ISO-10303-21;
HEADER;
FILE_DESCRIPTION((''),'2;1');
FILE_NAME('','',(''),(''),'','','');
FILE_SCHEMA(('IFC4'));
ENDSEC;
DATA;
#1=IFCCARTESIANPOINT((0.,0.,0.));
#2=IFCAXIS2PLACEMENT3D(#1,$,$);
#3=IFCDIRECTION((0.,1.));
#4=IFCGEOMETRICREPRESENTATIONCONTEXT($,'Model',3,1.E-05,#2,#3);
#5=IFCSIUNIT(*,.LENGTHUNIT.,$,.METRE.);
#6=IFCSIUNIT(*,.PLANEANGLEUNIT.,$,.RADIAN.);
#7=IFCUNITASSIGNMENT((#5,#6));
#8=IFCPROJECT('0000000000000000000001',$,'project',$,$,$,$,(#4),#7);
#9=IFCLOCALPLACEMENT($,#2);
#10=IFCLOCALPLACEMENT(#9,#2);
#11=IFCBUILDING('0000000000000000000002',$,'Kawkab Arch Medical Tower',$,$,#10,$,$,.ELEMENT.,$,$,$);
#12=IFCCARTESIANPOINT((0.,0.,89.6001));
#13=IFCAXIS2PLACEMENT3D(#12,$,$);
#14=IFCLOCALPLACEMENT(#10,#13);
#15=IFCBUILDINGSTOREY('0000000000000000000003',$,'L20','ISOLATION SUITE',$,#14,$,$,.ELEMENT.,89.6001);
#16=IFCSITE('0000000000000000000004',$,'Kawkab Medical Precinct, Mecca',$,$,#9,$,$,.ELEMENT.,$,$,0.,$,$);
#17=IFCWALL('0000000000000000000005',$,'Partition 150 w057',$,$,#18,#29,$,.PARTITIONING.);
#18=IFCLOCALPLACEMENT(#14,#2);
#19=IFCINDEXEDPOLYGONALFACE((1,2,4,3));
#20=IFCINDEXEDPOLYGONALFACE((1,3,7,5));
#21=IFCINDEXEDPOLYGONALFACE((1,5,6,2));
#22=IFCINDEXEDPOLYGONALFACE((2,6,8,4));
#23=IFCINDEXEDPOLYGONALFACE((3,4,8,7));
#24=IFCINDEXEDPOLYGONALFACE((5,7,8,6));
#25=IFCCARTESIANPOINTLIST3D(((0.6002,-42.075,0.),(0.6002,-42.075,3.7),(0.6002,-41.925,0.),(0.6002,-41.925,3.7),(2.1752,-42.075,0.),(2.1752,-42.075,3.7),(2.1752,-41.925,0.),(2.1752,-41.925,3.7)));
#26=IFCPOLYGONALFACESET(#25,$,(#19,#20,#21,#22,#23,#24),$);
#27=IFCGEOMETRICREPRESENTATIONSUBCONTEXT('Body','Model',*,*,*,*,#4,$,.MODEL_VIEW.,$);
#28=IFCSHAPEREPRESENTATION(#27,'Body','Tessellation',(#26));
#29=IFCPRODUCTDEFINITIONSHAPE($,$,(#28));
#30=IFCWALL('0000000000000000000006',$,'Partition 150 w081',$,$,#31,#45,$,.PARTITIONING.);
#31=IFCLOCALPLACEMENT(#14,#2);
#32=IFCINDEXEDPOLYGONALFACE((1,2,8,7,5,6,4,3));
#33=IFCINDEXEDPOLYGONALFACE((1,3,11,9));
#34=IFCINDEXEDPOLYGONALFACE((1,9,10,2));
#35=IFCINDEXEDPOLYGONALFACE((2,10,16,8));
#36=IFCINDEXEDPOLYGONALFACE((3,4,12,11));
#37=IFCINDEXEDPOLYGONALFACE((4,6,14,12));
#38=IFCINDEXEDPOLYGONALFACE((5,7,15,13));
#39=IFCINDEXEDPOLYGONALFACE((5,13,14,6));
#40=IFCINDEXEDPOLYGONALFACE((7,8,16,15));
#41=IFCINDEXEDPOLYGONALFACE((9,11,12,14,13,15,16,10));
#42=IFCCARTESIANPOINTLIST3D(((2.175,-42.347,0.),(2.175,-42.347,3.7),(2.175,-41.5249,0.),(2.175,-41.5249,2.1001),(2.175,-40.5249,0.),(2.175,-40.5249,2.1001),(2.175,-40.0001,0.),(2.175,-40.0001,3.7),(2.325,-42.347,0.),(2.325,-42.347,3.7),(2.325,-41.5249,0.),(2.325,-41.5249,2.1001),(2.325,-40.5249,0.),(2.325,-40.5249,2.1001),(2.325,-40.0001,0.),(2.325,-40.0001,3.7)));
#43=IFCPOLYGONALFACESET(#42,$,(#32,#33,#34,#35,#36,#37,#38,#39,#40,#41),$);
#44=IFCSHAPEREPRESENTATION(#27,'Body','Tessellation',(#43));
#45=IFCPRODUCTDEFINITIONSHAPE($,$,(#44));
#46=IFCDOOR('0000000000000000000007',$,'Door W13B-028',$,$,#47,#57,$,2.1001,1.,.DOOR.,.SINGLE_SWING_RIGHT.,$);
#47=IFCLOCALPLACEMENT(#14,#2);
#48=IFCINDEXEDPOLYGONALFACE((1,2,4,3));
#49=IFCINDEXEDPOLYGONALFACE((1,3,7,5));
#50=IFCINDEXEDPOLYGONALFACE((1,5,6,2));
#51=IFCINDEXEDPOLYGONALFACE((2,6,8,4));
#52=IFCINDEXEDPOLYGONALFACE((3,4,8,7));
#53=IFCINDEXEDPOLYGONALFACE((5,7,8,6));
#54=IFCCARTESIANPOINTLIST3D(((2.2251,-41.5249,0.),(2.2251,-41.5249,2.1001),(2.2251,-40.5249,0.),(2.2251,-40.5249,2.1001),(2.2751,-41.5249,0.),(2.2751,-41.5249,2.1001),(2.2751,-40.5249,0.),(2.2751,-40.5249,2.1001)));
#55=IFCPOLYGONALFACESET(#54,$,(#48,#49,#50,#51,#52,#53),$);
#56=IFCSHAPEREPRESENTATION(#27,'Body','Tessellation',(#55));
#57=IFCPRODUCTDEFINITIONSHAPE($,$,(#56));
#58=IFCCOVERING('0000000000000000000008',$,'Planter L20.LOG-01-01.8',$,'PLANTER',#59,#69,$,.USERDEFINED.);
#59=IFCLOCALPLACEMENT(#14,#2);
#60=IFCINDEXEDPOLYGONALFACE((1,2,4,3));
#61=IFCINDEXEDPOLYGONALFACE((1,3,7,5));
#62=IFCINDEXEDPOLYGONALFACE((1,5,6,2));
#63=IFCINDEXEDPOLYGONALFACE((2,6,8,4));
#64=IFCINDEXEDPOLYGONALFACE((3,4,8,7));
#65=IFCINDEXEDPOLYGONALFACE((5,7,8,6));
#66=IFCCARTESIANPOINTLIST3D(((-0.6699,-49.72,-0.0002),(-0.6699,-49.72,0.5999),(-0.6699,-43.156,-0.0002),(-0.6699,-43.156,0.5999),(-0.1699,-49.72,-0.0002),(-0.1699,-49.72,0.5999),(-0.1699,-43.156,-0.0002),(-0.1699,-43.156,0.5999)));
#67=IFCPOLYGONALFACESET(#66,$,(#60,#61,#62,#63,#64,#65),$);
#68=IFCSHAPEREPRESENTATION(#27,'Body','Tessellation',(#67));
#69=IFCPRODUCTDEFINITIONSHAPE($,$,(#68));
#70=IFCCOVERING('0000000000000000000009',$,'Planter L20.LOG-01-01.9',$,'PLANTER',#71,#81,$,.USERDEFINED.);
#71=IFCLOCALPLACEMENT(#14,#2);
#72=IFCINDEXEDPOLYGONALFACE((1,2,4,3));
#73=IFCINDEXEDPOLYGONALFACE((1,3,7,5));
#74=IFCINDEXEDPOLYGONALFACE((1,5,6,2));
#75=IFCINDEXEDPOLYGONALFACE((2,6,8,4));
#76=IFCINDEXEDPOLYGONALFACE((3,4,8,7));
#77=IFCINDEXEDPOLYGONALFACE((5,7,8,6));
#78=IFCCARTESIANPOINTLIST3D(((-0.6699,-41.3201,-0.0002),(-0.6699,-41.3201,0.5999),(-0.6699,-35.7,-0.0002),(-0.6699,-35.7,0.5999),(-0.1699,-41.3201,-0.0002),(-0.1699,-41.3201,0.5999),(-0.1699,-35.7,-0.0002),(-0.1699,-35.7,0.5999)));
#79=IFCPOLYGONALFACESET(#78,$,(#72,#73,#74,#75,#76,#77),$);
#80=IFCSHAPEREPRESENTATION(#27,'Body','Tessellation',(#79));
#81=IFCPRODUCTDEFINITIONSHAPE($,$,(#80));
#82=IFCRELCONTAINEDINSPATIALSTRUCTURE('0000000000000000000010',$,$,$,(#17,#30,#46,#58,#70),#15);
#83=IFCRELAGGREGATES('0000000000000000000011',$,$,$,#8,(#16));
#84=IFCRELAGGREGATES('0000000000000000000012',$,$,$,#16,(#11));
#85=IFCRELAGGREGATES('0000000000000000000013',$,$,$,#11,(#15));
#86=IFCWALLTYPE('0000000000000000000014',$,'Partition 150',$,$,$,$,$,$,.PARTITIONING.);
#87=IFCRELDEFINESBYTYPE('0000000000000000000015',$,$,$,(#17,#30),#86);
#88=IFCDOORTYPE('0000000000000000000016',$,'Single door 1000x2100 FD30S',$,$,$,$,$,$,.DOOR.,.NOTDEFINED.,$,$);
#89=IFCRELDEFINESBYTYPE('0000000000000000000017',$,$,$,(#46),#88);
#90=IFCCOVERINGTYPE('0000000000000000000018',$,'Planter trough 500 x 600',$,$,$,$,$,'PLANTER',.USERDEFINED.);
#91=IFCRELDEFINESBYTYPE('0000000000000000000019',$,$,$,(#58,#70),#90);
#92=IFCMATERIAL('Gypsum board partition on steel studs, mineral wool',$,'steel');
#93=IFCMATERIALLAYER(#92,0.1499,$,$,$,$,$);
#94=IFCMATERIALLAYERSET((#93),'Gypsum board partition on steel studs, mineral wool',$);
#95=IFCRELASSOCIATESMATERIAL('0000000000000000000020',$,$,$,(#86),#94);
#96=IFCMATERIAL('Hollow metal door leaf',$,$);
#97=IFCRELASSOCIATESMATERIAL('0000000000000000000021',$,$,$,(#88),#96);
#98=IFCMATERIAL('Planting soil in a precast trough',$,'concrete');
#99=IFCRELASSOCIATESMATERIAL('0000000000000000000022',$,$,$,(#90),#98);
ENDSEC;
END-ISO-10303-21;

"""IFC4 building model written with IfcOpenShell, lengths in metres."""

from ifc_helpers import new_model, si_unit, direction, frame, frame_2d, origin, origin_2d, place, context, subcontext, project, spatial, rectangle, extrude, material, layer, layer_set, material_profile, profile_set, type_object, element, fill, save


model = new_model("IFC4")

# Units and contexts
model_context = context("Model", 3, precision=1e-05, world=origin(), true_north=direction((0.0, 1.0)))
body_context = subcontext(model_context, "Body", "Model", "MODEL_VIEW")
ifc_project = project(units=[si_unit("LENGTHUNIT", "METRE"), si_unit("PLANEANGLEUNIT", "RADIAN")], contexts=[model_context])

# Site, building, storey
site_placement = place(None, origin())
site = spatial("IfcSite", under=ifc_project, at=site_placement, Name="Kawkab Medical Precinct, Mecca", CompositionType="ELEMENT", RefElevation=0.0)
building_placement = place(site_placement, origin())
building = spatial("IfcBuilding", under=site, at=building_placement, Name="Kawkab Arch Medical Tower", CompositionType="ELEMENT")
storey_placement = place(building_placement, frame((0.0, 0.0, 89.6001)))
storey = spatial("IfcBuildingStorey", under=building, at=storey_placement, Name="L20", Description="ISOLATION SUITE", CompositionType="ELEMENT", Elevation=89.6001)

# Shared definitions
ifc_material_1 = material(Name="Gypsum board partition on steel studs, mineral wool", Category="steel")
ifc_layer_1 = layer(ifc_material_1, 0.1499)
ifc_layer_set_1 = layer_set([ifc_layer_1], Name="Gypsum board partition on steel studs, mineral wool")
wall_type = type_object("IfcWallType", Name="Partition 150", PredefinedType="PARTITIONING", material=ifc_layer_set_1)

# Wall
wall_1_placement = place(storey_placement, frame((0.6001, -42.0, 0.0), z_axis=(0.0, 0.0, 1.0), x_axis=(1.0, 0.0, 0.0)))
element("IfcWall", 1, at=wall_1_placement, inside=storey, type_object=wall_type, Name="Partition 150 w057", PredefinedType="PARTITIONING", context=body_context, shape_type="SweptSolid", body=[
    extrude(rectangle(XDim=1.575, YDim=0.1499, at=frame_2d((0.7876, 0.0))), origin(), (0.0, 0.0, 1.0), 3.7),
])

# Wall, opening, door
wall_2_placement = place(storey_placement, frame((2.25, -42.3469, 0.0), z_axis=(0.0, 0.0, 1.0), x_axis=(0.0, 1.0, 0.0)))
wall_2 = element("IfcWall", 2, at=wall_2_placement, inside=storey, type_object=wall_type, Name="Partition 150 w081", PredefinedType="PARTITIONING", context=body_context, shape_type="SweptSolid", body=[
    extrude(rectangle(XDim=2.3469, YDim=0.1499, at=frame_2d((1.1733, 0.0))), origin(), (0.0, 0.0, 1.0), 3.7),
])
opening_1_placement = place(wall_2_placement, frame((0.822, 0.0, 0.0)))
opening_1 = element("IfcOpeningElement", 3, at=opening_1_placement, cuts=wall_2, PredefinedType="OPENING", context=body_context, shape_type="SweptSolid", body=[
    extrude(rectangle(XDim=1.0, YDim=2.1001, at=frame_2d((0.5, 1.05))), frame((0.0, 0.085, 0.0), z_axis=(0.0, -1.0, 0.0), x_axis=(1.0, 0.0, 0.0)), (0.0, 0.0, 1.0), 0.1699),
])
ifc_material_2 = material(Name="Hollow metal door leaf")
door_type_1 = type_object("IfcDoorType", Name="Single door 1000x2100 FD30S", OperationType="NOTDEFINED", PredefinedType="DOOR", material=ifc_material_2)
door_1_placement = place(opening_1_placement, origin())
door_1 = element("IfcDoor", 4, at=door_1_placement, inside=storey, type_object=door_type_1, Name="Door W13B-028", OperationType="SINGLE_SWING_RIGHT", OverallHeight=2.1001, OverallWidth=1.0, PredefinedType="DOOR", context=body_context, shape_type="SweptSolid", body=[
    extrude(rectangle(XDim=1.0, YDim=2.1001, at=frame_2d((0.5, 1.05))), frame((0.0, 0.0249, 0.0), z_axis=(0.0, -1.0, 0.0), x_axis=(1.0, 0.0, 0.0)), (0.0, 0.0, 1.0), 0.05),
])
fill(opening_1, door_1)

# Coverings
ifc_material_3 = material(Name="Planting soil in a precast trough", Category="concrete")
ifc_material_profile_1 = material_profile(ifc_material_3, rectangle(XDim=0.5, YDim=0.6001, at=origin_2d()), Name="Trough 500x600")
ifc_profile_set_1 = profile_set([ifc_material_profile_1], Name="Planting soil in a precast trough")
covering_type = type_object("IfcCoveringType", Name="Planter trough 500 x 600", ElementType="PLANTER", PredefinedType="USERDEFINED", material=ifc_profile_set_1)
covering_1_placement = place(storey_placement, frame((-0.4199, -49.72, 0.2998), z_axis=(0.0, 1.0, 0.0), x_axis=(-1.0, 0.0, 0.0)))
element("IfcCovering", 5, at=covering_1_placement, inside=storey, type_object=covering_type, Name="Planter L20.LOG-01-01.8", ObjectType="PLANTER", PredefinedType="USERDEFINED", context=body_context, shape_type="SweptSolid", body=[
    extrude(rectangle(XDim=0.5, YDim=0.6001, at=origin_2d()), origin(), (0.0, 0.0, 1.0), 6.564),
])
covering_2_placement = place(storey_placement, frame((-0.4199, -41.3201, 0.2998), z_axis=(0.0, 1.0, 0.0), x_axis=(-1.0, 0.0, 0.0)))
element("IfcCovering", 6, at=covering_2_placement, inside=storey, type_object=covering_type, Name="Planter L20.LOG-01-01.9", ObjectType="PLANTER", PredefinedType="USERDEFINED", context=body_context, shape_type="SweptSolid", body=[
    extrude(rectangle(XDim=0.5, YDim=0.6001, at=origin_2d()), origin(), (0.0, 0.0, 1.0), 5.6201),
])

save(model, "model.ifc")
